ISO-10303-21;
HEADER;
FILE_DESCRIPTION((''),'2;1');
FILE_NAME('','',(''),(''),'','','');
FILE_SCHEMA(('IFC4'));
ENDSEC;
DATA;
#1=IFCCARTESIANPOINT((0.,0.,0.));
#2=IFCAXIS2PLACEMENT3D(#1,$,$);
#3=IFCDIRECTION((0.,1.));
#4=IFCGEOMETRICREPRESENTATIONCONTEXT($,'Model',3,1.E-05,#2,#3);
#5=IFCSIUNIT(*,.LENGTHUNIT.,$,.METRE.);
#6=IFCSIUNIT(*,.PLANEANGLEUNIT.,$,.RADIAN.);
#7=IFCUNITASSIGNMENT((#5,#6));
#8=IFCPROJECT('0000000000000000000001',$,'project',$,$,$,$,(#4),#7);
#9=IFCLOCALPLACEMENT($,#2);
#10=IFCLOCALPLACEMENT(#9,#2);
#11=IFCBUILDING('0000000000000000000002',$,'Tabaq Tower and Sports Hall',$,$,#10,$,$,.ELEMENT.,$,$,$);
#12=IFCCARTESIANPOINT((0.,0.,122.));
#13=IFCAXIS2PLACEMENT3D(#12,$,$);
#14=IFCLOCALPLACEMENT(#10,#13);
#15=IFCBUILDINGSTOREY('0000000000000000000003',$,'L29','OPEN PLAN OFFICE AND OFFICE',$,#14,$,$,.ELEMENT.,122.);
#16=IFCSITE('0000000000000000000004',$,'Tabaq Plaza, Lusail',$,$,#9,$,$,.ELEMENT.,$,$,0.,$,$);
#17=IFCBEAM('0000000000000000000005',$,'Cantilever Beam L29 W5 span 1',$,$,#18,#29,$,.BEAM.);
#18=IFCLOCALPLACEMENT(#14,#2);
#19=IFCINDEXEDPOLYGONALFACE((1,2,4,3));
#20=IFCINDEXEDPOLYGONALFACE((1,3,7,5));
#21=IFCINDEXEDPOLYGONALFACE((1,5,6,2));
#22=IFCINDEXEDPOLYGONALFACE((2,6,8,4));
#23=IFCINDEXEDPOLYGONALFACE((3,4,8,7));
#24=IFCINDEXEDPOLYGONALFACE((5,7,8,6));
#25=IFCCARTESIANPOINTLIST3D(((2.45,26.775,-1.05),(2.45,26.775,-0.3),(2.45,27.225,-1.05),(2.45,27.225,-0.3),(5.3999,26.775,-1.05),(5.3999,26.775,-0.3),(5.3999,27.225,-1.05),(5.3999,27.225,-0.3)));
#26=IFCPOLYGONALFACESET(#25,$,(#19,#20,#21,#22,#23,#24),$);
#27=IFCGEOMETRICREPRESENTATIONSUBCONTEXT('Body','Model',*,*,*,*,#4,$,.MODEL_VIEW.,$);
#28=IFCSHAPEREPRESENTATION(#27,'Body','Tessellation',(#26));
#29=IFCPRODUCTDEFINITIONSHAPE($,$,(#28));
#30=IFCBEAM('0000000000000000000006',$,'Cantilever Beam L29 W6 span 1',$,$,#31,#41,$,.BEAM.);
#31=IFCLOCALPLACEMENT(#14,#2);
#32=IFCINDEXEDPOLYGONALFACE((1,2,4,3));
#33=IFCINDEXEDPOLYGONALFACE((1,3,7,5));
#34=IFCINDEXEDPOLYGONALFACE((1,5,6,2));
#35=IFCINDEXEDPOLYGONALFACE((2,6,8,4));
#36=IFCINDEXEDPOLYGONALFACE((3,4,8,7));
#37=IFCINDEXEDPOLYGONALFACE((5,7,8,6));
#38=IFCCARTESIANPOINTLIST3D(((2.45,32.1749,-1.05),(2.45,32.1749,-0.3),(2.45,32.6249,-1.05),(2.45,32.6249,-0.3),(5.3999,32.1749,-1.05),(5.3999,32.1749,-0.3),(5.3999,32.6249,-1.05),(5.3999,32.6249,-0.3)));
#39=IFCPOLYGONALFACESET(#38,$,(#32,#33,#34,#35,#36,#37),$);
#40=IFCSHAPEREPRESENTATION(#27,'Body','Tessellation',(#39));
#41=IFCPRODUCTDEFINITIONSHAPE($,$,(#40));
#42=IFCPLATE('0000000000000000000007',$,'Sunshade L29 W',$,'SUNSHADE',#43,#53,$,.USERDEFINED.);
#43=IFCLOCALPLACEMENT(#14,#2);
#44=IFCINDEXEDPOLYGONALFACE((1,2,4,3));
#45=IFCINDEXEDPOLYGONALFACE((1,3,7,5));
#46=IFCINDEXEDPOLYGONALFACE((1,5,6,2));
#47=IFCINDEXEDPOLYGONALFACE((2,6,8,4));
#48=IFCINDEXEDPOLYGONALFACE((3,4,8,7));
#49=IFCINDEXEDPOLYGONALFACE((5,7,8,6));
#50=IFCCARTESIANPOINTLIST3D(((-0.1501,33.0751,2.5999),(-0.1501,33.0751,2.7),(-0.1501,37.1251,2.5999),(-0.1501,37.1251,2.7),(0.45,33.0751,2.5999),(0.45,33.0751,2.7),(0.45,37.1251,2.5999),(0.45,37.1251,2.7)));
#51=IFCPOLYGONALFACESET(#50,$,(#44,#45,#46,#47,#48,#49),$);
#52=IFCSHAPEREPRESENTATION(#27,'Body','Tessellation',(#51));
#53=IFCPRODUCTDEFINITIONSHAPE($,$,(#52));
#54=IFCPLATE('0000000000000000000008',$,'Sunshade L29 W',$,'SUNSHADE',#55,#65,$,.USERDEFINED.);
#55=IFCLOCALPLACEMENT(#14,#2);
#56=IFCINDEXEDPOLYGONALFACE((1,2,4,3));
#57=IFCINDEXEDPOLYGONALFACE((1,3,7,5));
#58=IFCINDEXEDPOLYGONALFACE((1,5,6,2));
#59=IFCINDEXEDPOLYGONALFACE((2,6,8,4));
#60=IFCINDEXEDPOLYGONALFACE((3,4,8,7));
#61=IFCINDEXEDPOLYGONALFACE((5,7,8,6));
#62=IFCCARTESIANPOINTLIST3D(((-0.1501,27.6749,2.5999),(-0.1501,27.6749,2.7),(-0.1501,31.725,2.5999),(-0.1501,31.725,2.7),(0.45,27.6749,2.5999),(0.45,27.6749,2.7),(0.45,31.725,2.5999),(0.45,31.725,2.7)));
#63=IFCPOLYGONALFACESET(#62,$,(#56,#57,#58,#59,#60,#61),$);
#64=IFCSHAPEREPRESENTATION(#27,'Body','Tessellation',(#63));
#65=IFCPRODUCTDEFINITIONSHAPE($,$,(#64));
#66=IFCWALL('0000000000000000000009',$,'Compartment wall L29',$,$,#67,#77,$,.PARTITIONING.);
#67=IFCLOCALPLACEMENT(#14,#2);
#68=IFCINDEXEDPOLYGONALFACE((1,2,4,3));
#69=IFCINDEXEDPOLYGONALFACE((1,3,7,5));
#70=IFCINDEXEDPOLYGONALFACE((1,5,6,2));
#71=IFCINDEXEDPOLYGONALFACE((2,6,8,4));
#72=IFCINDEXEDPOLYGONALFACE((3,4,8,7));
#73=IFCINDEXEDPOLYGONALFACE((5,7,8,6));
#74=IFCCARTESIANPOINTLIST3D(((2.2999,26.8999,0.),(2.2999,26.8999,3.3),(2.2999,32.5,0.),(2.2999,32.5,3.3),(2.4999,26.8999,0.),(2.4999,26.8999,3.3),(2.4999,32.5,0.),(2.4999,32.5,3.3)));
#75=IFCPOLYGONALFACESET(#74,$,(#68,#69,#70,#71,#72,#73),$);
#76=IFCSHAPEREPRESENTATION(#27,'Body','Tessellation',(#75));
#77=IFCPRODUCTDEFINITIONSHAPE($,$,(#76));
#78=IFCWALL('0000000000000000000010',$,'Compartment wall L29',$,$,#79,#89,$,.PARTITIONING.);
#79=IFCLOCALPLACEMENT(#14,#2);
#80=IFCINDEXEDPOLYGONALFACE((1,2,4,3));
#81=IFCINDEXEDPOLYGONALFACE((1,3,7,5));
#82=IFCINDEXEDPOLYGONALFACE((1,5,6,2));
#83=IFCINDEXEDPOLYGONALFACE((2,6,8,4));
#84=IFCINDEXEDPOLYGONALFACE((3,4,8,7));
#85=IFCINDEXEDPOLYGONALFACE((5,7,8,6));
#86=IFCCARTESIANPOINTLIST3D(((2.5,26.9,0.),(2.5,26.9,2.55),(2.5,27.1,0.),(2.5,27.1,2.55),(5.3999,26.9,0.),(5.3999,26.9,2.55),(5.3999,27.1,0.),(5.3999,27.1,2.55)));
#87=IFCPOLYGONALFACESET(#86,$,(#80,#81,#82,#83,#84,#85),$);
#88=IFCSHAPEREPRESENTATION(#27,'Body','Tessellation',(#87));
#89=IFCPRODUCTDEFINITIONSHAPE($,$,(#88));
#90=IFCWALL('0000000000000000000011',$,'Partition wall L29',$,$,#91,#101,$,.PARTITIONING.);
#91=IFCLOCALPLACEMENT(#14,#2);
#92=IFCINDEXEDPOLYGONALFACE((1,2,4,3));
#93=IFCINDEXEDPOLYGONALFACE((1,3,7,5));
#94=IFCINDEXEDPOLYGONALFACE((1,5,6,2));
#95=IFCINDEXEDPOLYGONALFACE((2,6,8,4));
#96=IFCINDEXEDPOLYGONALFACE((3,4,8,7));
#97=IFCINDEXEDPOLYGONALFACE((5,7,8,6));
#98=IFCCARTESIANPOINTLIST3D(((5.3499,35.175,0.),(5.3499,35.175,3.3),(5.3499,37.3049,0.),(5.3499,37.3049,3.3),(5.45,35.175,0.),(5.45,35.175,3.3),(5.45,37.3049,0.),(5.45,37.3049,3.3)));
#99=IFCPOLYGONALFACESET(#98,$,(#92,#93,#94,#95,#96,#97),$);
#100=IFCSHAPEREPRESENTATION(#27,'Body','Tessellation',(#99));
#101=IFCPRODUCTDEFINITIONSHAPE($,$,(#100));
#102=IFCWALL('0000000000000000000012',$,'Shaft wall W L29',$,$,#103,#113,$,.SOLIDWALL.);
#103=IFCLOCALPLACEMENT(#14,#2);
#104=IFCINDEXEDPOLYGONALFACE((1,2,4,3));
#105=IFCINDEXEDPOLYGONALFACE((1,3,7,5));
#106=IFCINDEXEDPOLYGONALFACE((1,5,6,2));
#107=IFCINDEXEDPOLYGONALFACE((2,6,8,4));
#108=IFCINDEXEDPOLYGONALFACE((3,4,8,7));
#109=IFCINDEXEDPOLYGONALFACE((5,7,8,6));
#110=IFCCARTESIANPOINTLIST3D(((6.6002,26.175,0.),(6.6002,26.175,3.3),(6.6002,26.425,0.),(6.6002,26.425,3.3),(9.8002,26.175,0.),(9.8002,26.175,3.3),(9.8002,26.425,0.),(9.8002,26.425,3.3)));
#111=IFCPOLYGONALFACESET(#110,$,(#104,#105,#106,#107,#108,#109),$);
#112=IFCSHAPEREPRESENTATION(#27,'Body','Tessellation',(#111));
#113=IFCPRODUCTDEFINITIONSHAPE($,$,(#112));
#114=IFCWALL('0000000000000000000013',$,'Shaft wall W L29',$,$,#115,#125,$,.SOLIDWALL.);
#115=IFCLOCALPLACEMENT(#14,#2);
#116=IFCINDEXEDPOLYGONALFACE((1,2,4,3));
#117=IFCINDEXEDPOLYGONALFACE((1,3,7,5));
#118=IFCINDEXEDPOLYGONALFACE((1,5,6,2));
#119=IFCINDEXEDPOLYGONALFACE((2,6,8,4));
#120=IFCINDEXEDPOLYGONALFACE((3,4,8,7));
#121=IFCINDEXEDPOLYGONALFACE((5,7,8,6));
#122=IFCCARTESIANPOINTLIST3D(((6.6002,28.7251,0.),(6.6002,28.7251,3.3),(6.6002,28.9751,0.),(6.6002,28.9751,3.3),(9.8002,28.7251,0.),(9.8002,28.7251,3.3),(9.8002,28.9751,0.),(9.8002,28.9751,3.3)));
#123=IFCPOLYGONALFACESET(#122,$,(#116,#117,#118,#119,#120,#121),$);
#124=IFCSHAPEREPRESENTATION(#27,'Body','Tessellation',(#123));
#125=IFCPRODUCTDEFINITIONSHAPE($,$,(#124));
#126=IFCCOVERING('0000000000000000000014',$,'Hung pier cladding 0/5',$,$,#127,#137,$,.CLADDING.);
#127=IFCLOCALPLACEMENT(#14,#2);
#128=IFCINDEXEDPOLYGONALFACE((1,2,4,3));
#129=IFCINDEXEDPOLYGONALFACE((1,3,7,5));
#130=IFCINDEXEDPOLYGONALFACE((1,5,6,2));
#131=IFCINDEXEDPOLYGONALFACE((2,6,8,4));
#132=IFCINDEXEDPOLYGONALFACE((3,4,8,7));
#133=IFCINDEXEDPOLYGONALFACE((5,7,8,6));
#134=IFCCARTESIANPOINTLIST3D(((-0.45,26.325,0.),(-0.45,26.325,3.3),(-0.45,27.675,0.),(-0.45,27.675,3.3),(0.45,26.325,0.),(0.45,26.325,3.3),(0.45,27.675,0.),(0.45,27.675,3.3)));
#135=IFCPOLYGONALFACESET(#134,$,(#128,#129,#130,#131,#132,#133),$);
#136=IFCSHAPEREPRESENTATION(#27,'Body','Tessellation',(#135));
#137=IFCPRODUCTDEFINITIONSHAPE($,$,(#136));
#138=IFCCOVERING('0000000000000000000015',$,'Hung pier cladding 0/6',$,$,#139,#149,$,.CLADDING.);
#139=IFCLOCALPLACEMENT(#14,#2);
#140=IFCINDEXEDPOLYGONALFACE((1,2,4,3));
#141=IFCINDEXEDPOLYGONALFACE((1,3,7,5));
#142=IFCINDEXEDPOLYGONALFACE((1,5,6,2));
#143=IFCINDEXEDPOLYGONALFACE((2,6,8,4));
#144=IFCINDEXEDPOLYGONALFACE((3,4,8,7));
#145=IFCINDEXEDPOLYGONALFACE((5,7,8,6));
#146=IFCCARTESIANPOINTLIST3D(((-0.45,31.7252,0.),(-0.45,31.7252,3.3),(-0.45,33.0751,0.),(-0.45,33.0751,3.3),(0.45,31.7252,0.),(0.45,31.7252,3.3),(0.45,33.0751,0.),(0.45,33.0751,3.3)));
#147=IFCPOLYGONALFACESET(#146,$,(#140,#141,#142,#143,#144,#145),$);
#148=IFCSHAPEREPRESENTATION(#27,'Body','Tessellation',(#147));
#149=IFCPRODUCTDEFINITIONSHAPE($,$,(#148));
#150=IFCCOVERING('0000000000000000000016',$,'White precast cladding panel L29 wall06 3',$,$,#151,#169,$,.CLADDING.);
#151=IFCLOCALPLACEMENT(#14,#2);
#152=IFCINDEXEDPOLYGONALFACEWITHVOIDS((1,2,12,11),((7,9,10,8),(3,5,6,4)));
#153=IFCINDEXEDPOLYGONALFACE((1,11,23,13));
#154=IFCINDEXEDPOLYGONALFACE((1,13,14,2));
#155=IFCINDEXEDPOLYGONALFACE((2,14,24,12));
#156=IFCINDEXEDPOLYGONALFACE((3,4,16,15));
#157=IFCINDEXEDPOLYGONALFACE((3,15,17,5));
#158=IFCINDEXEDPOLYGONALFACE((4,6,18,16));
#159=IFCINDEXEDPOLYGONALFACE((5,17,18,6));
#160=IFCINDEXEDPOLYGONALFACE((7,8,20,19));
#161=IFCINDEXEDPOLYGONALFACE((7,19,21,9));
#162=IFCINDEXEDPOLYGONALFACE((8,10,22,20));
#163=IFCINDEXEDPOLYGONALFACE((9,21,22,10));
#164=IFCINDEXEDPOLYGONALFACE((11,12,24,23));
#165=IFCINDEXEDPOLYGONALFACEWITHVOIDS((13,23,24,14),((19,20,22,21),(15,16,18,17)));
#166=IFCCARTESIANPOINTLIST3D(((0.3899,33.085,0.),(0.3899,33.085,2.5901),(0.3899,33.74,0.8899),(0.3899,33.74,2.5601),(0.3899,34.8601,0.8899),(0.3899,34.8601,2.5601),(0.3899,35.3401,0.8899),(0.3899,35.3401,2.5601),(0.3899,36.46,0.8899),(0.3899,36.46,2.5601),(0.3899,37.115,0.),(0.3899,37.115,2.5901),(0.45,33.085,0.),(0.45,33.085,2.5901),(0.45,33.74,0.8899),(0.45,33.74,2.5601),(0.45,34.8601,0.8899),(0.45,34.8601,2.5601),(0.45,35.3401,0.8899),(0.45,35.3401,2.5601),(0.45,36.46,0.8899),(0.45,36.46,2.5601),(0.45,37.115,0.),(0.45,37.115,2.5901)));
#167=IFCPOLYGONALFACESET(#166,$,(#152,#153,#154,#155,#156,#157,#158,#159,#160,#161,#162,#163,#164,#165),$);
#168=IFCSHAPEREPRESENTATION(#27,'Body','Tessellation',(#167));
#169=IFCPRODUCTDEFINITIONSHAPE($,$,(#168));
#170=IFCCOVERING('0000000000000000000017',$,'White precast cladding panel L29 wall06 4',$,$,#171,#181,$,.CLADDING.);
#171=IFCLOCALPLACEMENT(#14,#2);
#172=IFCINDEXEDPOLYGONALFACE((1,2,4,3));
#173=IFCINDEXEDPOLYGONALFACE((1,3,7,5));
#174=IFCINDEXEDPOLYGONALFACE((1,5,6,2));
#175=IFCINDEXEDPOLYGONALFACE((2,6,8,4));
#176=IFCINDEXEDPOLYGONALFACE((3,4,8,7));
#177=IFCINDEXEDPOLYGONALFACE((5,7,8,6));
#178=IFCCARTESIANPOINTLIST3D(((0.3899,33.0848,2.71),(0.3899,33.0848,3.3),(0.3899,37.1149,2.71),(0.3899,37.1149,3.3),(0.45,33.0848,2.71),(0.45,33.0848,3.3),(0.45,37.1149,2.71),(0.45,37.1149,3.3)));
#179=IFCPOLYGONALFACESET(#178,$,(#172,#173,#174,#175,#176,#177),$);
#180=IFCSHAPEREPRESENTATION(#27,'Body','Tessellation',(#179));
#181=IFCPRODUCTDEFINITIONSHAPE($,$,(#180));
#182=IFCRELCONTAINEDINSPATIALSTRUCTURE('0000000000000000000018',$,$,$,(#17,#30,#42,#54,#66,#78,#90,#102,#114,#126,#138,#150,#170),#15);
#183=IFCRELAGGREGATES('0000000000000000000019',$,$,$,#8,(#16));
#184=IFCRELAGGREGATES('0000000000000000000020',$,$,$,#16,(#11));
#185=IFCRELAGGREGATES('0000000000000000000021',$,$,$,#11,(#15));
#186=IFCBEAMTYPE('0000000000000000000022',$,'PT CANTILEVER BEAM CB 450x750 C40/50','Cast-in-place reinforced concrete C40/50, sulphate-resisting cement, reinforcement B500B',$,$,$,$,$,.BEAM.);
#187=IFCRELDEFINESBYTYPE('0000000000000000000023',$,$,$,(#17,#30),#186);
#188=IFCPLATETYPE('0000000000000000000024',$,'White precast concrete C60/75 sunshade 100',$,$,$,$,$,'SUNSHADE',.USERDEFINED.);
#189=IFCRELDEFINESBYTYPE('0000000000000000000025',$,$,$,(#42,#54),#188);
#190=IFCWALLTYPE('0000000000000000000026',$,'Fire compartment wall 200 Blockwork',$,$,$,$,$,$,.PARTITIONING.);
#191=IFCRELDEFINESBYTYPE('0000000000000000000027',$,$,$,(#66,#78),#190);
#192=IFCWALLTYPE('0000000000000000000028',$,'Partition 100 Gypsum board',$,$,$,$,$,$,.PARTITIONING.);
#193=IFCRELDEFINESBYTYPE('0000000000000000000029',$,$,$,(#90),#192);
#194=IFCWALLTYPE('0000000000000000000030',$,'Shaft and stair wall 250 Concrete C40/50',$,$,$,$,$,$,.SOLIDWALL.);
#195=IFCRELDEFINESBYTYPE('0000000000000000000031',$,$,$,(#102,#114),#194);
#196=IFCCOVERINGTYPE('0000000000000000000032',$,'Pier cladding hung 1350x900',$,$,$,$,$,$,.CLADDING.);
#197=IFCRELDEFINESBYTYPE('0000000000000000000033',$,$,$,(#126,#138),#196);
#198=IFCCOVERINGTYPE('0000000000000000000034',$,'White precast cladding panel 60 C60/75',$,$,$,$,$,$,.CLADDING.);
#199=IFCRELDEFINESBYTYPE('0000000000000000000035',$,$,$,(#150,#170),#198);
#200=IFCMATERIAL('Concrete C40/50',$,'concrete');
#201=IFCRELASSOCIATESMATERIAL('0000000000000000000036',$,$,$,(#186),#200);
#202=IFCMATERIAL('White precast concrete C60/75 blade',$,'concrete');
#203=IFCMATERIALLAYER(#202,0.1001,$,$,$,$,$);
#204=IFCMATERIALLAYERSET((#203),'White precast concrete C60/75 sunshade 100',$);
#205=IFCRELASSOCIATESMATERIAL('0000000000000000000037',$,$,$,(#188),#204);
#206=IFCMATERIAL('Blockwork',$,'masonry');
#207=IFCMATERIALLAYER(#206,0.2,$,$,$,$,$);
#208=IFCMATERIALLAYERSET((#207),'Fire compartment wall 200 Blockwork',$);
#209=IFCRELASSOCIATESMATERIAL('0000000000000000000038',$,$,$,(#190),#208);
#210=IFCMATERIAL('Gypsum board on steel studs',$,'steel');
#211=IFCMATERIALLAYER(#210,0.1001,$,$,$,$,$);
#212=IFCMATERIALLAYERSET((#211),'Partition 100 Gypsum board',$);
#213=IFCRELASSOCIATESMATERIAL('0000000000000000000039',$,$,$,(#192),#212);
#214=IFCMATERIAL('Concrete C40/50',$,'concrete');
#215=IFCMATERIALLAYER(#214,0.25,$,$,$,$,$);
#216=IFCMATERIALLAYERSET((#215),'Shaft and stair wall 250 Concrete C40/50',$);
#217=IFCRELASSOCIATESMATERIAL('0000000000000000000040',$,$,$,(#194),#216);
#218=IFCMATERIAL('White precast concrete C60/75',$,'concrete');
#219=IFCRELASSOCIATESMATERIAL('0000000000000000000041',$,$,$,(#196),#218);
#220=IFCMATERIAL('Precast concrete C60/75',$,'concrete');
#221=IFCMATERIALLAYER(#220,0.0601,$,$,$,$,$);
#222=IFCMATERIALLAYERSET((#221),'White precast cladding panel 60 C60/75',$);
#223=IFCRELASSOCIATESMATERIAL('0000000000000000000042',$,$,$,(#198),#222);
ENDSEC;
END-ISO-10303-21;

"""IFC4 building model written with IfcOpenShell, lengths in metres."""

from ifc_helpers import new_model, si_unit, direction, frame, frame_2d, origin, origin_2d, place, context, subcontext, project, spatial, polyline, rectangle, outline, extrude, material, layer, layer_set, material_profile, profile_set, type_object, element, save


model = new_model("IFC4")

# Units and contexts
model_context = context("Model", 3, precision=1e-05, world=origin(), true_north=direction((0.0, 1.0)))
body_context = subcontext(model_context, "Body", "Model", "MODEL_VIEW")
ifc_project = project(units=[si_unit("LENGTHUNIT", "METRE"), si_unit("PLANEANGLEUNIT", "RADIAN")], contexts=[model_context])

# Site, building, storey
site_placement = place(None, origin())
site = spatial("IfcSite", under=ifc_project, at=site_placement, Name="Tabaq Plaza, Lusail", CompositionType="ELEMENT", RefElevation=0.0)
building_placement = place(site_placement, origin())
building = spatial("IfcBuilding", under=site, at=building_placement, Name="Tabaq Tower and Sports Hall", CompositionType="ELEMENT")
storey_placement = place(building_placement, frame((0.0, 0.0, 122.0)))
storey = spatial("IfcBuildingStorey", under=building, at=storey_placement, Name="L29", Description="OPEN PLAN OFFICE AND OFFICE", CompositionType="ELEMENT", Elevation=122.0)

# Beams
ifc_material_1 = material(Name="Concrete C40/50", Category="concrete")
ifc_material_profile = material_profile(ifc_material_1, rectangle(XDim=0.45, YDim=0.75, at=origin_2d()), Name="CB 450x750")
ifc_profile_set = profile_set([ifc_material_profile], Name="Concrete C40/50")
beam_type = type_object("IfcBeamType", Name="PT CANTILEVER BEAM CB 450x750 C40/50", Description="Cast-in-place reinforced concrete C40/50, sulphate-resisting cement, reinforcement B500B", PredefinedType="BEAM", material=ifc_profile_set)
for number, where, z_axis, x_axis, name in (
    (1, (2.45, 27.0, -0.675), (1.0, 0.0, 0.0), (0.0, 1.0, 0.0), "Cantilever Beam L29 W5 span 1"),
    (2, (2.45, 32.3999, -0.675), (1.0, 0.0, 0.0), (0.0, 1.0, 0.0), "Cantilever Beam L29 W6 span 1"),
):
    element("IfcBeam", number, at=place(storey_placement, frame(where, z_axis=z_axis, x_axis=x_axis)), inside=storey, type_object=beam_type, Name=name, PredefinedType="BEAM", context=body_context, shape_type="SweptSolid", body=[
        extrude(rectangle(XDim=0.45, YDim=0.75, at=origin_2d()), origin(), (0.0, 0.0, 1.0), 2.95),
    ])

# Plates
ifc_material_2 = material(Name="White precast concrete C60/75 blade", Category="concrete")
ifc_layer_1 = layer(ifc_material_2, 0.1001)
ifc_layer_set_1 = layer_set([ifc_layer_1], Name="White precast concrete C60/75 sunshade 100")
plate_type = type_object("IfcPlateType", Name="White precast concrete C60/75 sunshade 100", ElementType="SUNSHADE", PredefinedType="USERDEFINED", material=ifc_layer_set_1)
for number, where, z_axis, x_axis, name in (
    (3, (0.1499, 35.1001, 2.5999), (0.0, 0.0, 1.0), (0.0, -1.0, 0.0), "Sunshade L29 W"),
    (4, (0.1499, 29.7, 2.5999), (0.0, 0.0, 1.0), (0.0, -1.0, 0.0), "Sunshade L29 W"),
):
    element("IfcPlate", number, at=place(storey_placement, frame(where, z_axis=z_axis, x_axis=x_axis)), inside=storey, type_object=plate_type, Name=name, ObjectType="SUNSHADE", PredefinedType="USERDEFINED", context=body_context, shape_type="SweptSolid", body=[
        extrude(rectangle(XDim=4.05, YDim=0.6001, at=origin_2d()), origin(), (0.0, 0.0, 1.0), 0.1001),
    ])

# Wall
ifc_material_3 = material(Name="Blockwork", Category="masonry")
ifc_layer_2 = layer(ifc_material_3, 0.2)
ifc_layer_set_2 = layer_set([ifc_layer_2], Name="Fire compartment wall 200 Blockwork")
wall_type_1 = type_object("IfcWallType", Name="Fire compartment wall 200 Blockwork", PredefinedType="PARTITIONING", material=ifc_layer_set_2)
wall_1_placement = place(storey_placement, frame((2.3999, 26.8999, 0.0), z_axis=(0.0, 0.0, 1.0), x_axis=(0.0, 1.0, 0.0)))
element("IfcWall", 5, at=wall_1_placement, inside=storey, type_object=wall_type_1, Name="Compartment wall L29", PredefinedType="PARTITIONING", context=body_context, shape_type="SweptSolid", body=[
    extrude(rectangle(XDim=5.6001, YDim=0.2, at=frame_2d((2.8, 0.0))), origin(), (0.0, 0.0, 1.0), 3.3),
])

# Walls
wall_2_placement = place(storey_placement, frame((5.3999, 27.0, 0.0), z_axis=(0.0, 0.0, 1.0), x_axis=(-1.0, 0.0, 0.0)))
element("IfcWall", 6, at=wall_2_placement, inside=storey, type_object=wall_type_1, Name="Compartment wall L29", PredefinedType="PARTITIONING", context=body_context, shape_type="SweptSolid", body=[
    extrude(rectangle(XDim=2.8999, YDim=0.2, at=frame_2d((1.45, 0.0))), origin(), (0.0, 0.0, 1.0), 2.55),
])
ifc_material_4 = material(Name="Gypsum board on steel studs", Category="steel")
ifc_layer_3 = layer(ifc_material_4, 0.1001)
ifc_layer_set_3 = layer_set([ifc_layer_3], Name="Partition 100 Gypsum board")
wall_type_2 = type_object("IfcWallType", Name="Partition 100 Gypsum board", PredefinedType="PARTITIONING", material=ifc_layer_set_3)
wall_3_placement = place(storey_placement, frame((5.3999, 35.175, 0.0), z_axis=(0.0, 0.0, 1.0), x_axis=(0.0, 1.0, 0.0)))
element("IfcWall", 7, at=wall_3_placement, inside=storey, type_object=wall_type_2, Name="Partition wall L29", PredefinedType="PARTITIONING", context=body_context, shape_type="SweptSolid", body=[
    extrude(rectangle(XDim=2.1299, YDim=0.1001, at=frame_2d((1.0649, 0.0))), origin(), (0.0, 0.0, 1.0), 3.3),
])
ifc_material_5 = material(Name="Concrete C40/50", Category="concrete")
ifc_layer_4 = layer(ifc_material_5, 0.25)
ifc_layer_set_4 = layer_set([ifc_layer_4], Name="Shaft and stair wall 250 Concrete C40/50")
wall_type_3 = type_object("IfcWallType", Name="Shaft and stair wall 250 Concrete C40/50", PredefinedType="SOLIDWALL", material=ifc_layer_set_4)
for number, where, z_axis, x_axis, name in (
    (8, (6.6001, 26.3, 0.0), (0.0, 0.0, 1.0), (1.0, 0.0, 0.0), "Shaft wall W L29"),
    (9, (6.6001, 28.8501, 0.0), (0.0, 0.0, 1.0), (1.0, 0.0, 0.0), "Shaft wall W L29"),
):
    element("IfcWall", number, at=place(storey_placement, frame(where, z_axis=z_axis, x_axis=x_axis)), inside=storey, type_object=wall_type_3, Name=name, PredefinedType="SOLIDWALL", context=body_context, shape_type="SweptSolid", body=[
        extrude(rectangle(XDim=3.2, YDim=0.25, at=frame_2d((1.6001, 0.0))), origin(), (0.0, 0.0, 1.0), 3.3),
    ])

# Coverings
ifc_material_6 = material(Name="White precast concrete C60/75", Category="concrete")
covering_type_1 = type_object("IfcCoveringType", Name="Pier cladding hung 1350x900", PredefinedType="CLADDING", material=ifc_material_6)
covering_1_placement = place(storey_placement, frame((0.0, 27.675, 0.0), z_axis=(0.0, 0.0, 1.0), x_axis=(0.0, -1.0, 0.0)))
element("IfcCovering", 10, at=covering_1_placement, inside=storey, type_object=covering_type_1, Name="Hung pier cladding 0/5", PredefinedType="CLADDING", context=body_context, shape_type="SweptSolid", body=[
    extrude(rectangle(XDim=1.3501, YDim=0.8999, at=frame_2d((0.675, 0.0))), origin(), (0.0, 0.0, 1.0), 3.3),
])
covering_2_placement = place(storey_placement, frame((0.0, 33.075, 0.0), z_axis=(0.0, 0.0, 1.0), x_axis=(0.0, -1.0, 0.0)))
element("IfcCovering", 11, at=covering_2_placement, inside=storey, type_object=covering_type_1, Name="Hung pier cladding 0/6", PredefinedType="CLADDING", context=body_context, shape_type="SweptSolid", body=[
    extrude(rectangle(XDim=1.3499, YDim=0.8999, at=frame_2d((0.6748, 0.0))), origin(), (0.0, 0.0, 1.0), 3.3),
])
ifc_material_7 = material(Name="Precast concrete C60/75", Category="concrete")
ifc_layer_5 = layer(ifc_material_7, 0.0601)
ifc_layer_set_5 = layer_set([ifc_layer_5], Name="White precast cladding panel 60 C60/75")
covering_type_2 = type_object("IfcCoveringType", Name="White precast cladding panel 60 C60/75", PredefinedType="CLADDING", material=ifc_layer_set_5)
covering_3_placement = place(storey_placement, frame((0.4199, 37.115, 0.0), z_axis=(0.0, 0.0, 1.0), x_axis=(0.0, -1.0, 0.0)))
element("IfcCovering", 12, at=covering_3_placement, inside=storey, type_object=covering_type_2, Name="White precast cladding panel L29 wall06 3", PredefinedType="CLADDING", context=body_context, shape_type="SweptSolid", body=[
    extrude(outline(polyline([(0.0, 0.0), (4.03, 0.0), (4.03, 2.5901), (0.0, 2.5901), (0.0, 0.0)]), holes=[polyline([(0.655, 0.8899), (0.655, 2.5601), (1.7749, 2.5601), (1.7749, 0.8899), (0.655, 0.8899)]), polyline([(2.2549, 0.8899), (2.2549, 2.5601), (3.375, 2.5601), (3.375, 0.8899), (2.2549, 0.8899)])]), frame((0.0, 0.03, 0.0), z_axis=(0.0, -1.0, 0.0), x_axis=(1.0, 0.0, 0.0)), (0.0, 0.0, 1.0), 0.0601),
])
covering_4_placement = place(storey_placement, frame((0.4199, 37.115, 2.71), z_axis=(0.0, 0.0, 1.0), x_axis=(0.0, -1.0, 0.0)))
element("IfcCovering", 13, at=covering_4_placement, inside=storey, type_object=covering_type_2, Name="White precast cladding panel L29 wall06 4", PredefinedType="CLADDING", context=body_context, shape_type="SweptSolid", body=[
    extrude(rectangle(XDim=4.03, YDim=0.0601, at=frame_2d((2.0151, 0.0))), origin(), (0.0, 0.0, 1.0), 0.5901),
])

save(model, "model.ifc")
